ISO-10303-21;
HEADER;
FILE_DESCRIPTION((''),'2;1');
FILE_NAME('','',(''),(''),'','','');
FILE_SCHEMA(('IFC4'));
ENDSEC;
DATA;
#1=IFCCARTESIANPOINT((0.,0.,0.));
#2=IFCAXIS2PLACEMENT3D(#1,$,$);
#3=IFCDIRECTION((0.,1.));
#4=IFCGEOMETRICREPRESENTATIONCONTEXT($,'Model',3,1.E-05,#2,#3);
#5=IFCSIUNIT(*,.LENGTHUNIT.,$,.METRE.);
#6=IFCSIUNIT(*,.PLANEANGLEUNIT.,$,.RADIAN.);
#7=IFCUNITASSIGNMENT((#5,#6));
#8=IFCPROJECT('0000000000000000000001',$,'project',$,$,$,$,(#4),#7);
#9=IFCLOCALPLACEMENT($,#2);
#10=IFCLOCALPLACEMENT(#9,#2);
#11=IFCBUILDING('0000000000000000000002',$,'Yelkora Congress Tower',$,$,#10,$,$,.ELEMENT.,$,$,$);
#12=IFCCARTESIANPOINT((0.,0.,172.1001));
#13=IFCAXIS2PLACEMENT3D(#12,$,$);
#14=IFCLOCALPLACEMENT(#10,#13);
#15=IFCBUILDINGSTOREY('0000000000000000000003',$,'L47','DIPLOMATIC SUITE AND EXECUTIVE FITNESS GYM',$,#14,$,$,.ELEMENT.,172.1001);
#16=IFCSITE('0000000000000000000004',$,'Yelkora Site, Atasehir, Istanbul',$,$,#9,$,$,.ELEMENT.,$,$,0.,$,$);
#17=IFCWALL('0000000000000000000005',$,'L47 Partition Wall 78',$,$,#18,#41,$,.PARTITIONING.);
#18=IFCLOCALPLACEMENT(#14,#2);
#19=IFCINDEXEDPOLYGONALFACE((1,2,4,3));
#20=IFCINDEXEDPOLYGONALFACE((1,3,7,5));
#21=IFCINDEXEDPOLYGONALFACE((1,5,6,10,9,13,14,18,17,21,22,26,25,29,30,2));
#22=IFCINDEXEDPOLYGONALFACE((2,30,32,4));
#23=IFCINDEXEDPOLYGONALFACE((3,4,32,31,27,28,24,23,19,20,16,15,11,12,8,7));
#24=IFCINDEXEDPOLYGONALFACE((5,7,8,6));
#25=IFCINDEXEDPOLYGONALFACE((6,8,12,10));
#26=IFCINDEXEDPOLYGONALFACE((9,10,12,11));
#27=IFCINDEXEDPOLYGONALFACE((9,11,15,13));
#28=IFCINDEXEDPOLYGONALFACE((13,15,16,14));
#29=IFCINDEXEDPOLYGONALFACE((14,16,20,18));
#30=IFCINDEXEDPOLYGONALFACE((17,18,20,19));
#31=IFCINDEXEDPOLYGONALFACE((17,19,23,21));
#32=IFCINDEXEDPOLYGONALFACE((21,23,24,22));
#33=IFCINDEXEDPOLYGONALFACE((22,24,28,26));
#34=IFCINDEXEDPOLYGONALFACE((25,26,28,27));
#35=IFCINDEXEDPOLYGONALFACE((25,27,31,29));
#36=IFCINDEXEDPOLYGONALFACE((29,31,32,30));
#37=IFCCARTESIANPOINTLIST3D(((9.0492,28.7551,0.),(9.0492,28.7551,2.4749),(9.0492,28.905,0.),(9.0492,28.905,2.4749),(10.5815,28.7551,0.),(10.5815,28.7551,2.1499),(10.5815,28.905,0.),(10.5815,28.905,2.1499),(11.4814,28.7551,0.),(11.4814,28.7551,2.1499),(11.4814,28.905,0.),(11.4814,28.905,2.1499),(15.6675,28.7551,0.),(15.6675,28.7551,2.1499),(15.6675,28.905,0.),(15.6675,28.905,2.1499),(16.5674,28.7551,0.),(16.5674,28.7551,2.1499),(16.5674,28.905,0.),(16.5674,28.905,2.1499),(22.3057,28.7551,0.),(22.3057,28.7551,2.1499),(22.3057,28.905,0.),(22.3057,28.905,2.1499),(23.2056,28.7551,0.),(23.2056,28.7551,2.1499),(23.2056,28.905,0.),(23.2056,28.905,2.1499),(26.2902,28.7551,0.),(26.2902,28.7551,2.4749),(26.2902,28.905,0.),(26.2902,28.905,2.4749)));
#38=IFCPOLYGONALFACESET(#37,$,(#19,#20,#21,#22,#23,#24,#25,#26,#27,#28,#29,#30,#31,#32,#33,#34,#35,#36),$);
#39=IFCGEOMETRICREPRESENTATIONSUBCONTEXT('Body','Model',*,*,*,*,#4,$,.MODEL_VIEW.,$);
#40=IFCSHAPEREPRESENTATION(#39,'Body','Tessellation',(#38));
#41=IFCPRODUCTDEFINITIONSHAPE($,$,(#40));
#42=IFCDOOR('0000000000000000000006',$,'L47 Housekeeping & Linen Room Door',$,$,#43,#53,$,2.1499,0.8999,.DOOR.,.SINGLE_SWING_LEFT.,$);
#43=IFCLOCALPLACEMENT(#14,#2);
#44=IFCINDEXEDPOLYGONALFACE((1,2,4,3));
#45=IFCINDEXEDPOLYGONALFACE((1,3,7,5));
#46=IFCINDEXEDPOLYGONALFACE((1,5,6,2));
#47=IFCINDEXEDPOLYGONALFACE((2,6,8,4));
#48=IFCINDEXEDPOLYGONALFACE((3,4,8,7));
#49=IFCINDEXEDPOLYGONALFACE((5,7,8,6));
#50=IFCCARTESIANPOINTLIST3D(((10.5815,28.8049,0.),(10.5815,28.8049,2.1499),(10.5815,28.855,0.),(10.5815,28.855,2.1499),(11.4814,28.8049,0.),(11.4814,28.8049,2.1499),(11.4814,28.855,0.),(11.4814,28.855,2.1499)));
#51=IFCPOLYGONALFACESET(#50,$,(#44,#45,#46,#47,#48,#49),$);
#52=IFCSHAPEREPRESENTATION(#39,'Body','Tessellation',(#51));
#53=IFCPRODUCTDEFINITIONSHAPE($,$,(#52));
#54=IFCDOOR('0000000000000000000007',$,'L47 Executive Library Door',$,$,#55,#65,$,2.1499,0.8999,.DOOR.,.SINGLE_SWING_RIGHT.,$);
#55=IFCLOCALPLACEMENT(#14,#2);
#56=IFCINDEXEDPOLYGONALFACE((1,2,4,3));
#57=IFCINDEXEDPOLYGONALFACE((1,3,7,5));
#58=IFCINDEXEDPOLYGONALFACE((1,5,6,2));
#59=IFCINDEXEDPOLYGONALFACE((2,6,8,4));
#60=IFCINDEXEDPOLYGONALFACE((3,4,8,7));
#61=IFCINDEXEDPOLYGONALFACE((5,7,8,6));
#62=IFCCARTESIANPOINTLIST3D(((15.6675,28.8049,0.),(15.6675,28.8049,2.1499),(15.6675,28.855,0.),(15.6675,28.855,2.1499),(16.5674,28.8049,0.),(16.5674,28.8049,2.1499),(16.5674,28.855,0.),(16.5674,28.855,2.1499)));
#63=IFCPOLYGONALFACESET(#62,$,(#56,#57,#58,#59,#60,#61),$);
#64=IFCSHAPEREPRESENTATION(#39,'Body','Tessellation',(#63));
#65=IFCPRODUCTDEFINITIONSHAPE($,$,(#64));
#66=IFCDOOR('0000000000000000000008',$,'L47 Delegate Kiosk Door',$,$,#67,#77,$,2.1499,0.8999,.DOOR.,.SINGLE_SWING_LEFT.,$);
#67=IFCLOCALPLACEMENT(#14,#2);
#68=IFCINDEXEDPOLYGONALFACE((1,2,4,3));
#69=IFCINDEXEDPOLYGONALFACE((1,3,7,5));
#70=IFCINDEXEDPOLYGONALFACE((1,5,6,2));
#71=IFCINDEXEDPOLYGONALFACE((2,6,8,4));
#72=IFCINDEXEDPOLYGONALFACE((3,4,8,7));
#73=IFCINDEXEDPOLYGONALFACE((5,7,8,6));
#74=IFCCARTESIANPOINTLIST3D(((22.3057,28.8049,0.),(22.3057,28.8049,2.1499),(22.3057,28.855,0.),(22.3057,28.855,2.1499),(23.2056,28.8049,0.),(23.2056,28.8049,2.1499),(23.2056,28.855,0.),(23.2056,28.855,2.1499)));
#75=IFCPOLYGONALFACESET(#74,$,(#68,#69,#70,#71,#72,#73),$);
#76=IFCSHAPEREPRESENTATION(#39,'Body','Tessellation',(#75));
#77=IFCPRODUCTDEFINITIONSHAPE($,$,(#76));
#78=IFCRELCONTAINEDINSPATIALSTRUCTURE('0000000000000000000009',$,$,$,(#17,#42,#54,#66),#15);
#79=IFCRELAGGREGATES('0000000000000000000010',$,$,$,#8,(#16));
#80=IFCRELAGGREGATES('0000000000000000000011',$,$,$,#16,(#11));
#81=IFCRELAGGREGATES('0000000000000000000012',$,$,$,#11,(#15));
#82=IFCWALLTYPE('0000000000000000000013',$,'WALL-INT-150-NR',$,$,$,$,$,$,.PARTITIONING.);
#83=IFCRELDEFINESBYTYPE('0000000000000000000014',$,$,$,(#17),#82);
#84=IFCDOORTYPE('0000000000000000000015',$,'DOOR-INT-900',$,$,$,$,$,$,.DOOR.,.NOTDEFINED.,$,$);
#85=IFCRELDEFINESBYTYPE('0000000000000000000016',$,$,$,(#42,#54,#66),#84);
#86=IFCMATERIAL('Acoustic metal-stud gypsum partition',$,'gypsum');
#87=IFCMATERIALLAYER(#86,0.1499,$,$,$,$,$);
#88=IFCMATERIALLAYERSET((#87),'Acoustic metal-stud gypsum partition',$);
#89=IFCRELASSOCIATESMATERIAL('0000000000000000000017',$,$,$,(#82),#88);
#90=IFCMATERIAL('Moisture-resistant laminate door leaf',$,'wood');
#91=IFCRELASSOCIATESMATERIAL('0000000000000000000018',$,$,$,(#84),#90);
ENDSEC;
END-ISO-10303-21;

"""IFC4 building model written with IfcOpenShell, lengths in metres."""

from ifc_helpers import new_model, si_unit, direction, frame, frame_2d, origin, place, context, subcontext, project, spatial, rectangle, extrude, material, layer, layer_set, type_object, element, fill, save


model = new_model("IFC4")

# Units and contexts
model_context = context("Model", 3, precision=1e-05, world=origin(), true_north=direction((0.0, 1.0)))
body_context = subcontext(model_context, "Body", "Model", "MODEL_VIEW")
ifc_project = project(units=[si_unit("LENGTHUNIT", "METRE"), si_unit("PLANEANGLEUNIT", "RADIAN")], contexts=[model_context])

# Site, building, storey
site_placement = place(None, origin())
site = spatial("IfcSite", under=ifc_project, at=site_placement, Name="Yelkora Site, Atasehir, Istanbul", CompositionType="ELEMENT", RefElevation=0.0)
building_placement = place(site_placement, origin())
building = spatial("IfcBuilding", under=site, at=building_placement, Name="Yelkora Congress Tower", CompositionType="ELEMENT")
storey_placement = place(building_placement, frame((0.0, 0.0, 172.1001)))
storey = spatial("IfcBuildingStorey", under=building, at=storey_placement, Name="L47", Description="DIPLOMATIC SUITE AND EXECUTIVE FITNESS GYM", CompositionType="ELEMENT", Elevation=172.1001)

# Shared definitions
ifc_material_1 = material(Name="Acoustic metal-stud gypsum partition", Category="gypsum")
ifc_layer_1 = layer(ifc_material_1, 0.1499)
ifc_layer_set_1 = layer_set([ifc_layer_1], Name="Acoustic metal-stud gypsum partition")
wall_type_1 = type_object("IfcWallType", Name="WALL-INT-150-NR", PredefinedType="PARTITIONING", material=ifc_layer_set_1)
ifc_material_2 = material(Name="Moisture-resistant laminate door leaf", Category="wood")
door_type_1 = type_object("IfcDoorType", Name="DOOR-INT-900", OperationType="NOTDEFINED", PredefinedType="DOOR", material=ifc_material_2)

# Wall, openings, doors
wall_1_placement = place(storey_placement, frame((9.0491, 28.8301, 0.0), z_axis=(0.0, 0.0, 1.0), x_axis=(1.0, 0.0, 0.0)))
wall_1 = element("IfcWall", 1, at=wall_1_placement, inside=storey, type_object=wall_type_1, Name="L47 Partition Wall 78", PredefinedType="PARTITIONING", context=body_context, shape_type="SweptSolid", body=[
    extrude(rectangle(XDim=17.241, YDim=0.1499, at=frame_2d((8.6206, 0.0))), origin(), (0.0, 0.0, 1.0), 2.4749),
])
opening_1_placement = place(wall_1_placement, frame((1.5325, 0.0, 0.0)))
opening_1 = element("IfcOpeningElement", 2, at=opening_1_placement, cuts=wall_1, PredefinedType="OPENING", context=body_context, shape_type="SweptSolid", body=[
    extrude(rectangle(XDim=0.8999, YDim=2.1499, at=frame_2d((0.45, 1.075))), frame((0.0, 0.085, 0.0), z_axis=(0.0, -1.0, 0.0), x_axis=(1.0, 0.0, 0.0)), (0.0, 0.0, 1.0), 0.1699),
])
opening_2_placement = place(wall_1_placement, frame((6.6184, 0.0, 0.0)))
opening_2 = element("IfcOpeningElement", 3, at=opening_2_placement, cuts=wall_1, PredefinedType="OPENING", context=body_context, shape_type="SweptSolid", body=[
    extrude(rectangle(XDim=0.8999, YDim=2.1499, at=frame_2d((0.45, 1.075))), frame((0.0, 0.085, 0.0), z_axis=(0.0, -1.0, 0.0), x_axis=(1.0, 0.0, 0.0)), (0.0, 0.0, 1.0), 0.1699),
])
opening_3_placement = place(wall_1_placement, frame((13.2566, 0.0, 0.0)))
opening_3 = element("IfcOpeningElement", 4, at=opening_3_placement, cuts=wall_1, PredefinedType="OPENING", context=body_context, shape_type="SweptSolid", body=[
    extrude(rectangle(XDim=0.8999, YDim=2.1499, at=frame_2d((0.45, 1.075))), frame((0.0, 0.085, 0.0), z_axis=(0.0, -1.0, 0.0), x_axis=(1.0, 0.0, 0.0)), (0.0, 0.0, 1.0), 0.1699),
])
door_1_placement = place(opening_1_placement, origin())
door_1 = element("IfcDoor", 5, at=door_1_placement, inside=storey, type_object=door_type_1, Name="L47 Housekeeping & Linen Room Door", OperationType="SINGLE_SWING_LEFT", OverallHeight=2.1499, OverallWidth=0.8999, PredefinedType="DOOR", context=body_context, shape_type="SweptSolid", body=[
    extrude(rectangle(XDim=0.8999, YDim=2.1499, at=frame_2d((0.45, 1.075))), frame((0.0, 0.0249, 0.0), z_axis=(0.0, -1.0, 0.0), x_axis=(1.0, 0.0, 0.0)), (0.0, 0.0, 1.0), 0.05),
])
fill(opening_1, door_1)
door_2_placement = place(opening_2_placement, origin())
door_2 = element("IfcDoor", 6, at=door_2_placement, inside=storey, type_object=door_type_1, Name="L47 Executive Library Door", OperationType="SINGLE_SWING_RIGHT", OverallHeight=2.1499, OverallWidth=0.8999, PredefinedType="DOOR", context=body_context, shape_type="SweptSolid", body=[
    extrude(rectangle(XDim=0.8999, YDim=2.1499, at=frame_2d((0.45, 1.075))), frame((0.0, 0.0249, 0.0), z_axis=(0.0, -1.0, 0.0), x_axis=(1.0, 0.0, 0.0)), (0.0, 0.0, 1.0), 0.05),
])
fill(opening_2, door_2)
door_3_placement = place(opening_3_placement, origin())
door_3 = element("IfcDoor", 7, at=door_3_placement, inside=storey, type_object=door_type_1, Name="L47 Delegate Kiosk Door", OperationType="SINGLE_SWING_LEFT", OverallHeight=2.1499, OverallWidth=0.8999, PredefinedType="DOOR", context=body_context, shape_type="SweptSolid", body=[
    extrude(rectangle(XDim=0.8999, YDim=2.1499, at=frame_2d((0.45, 1.075))), frame((0.0, 0.0249, 0.0), z_axis=(0.0, -1.0, 0.0), x_axis=(1.0, 0.0, 0.0)), (0.0, 0.0, 1.0), 0.05),
])
fill(opening_3, door_3)

save(model, "model.ifc")
